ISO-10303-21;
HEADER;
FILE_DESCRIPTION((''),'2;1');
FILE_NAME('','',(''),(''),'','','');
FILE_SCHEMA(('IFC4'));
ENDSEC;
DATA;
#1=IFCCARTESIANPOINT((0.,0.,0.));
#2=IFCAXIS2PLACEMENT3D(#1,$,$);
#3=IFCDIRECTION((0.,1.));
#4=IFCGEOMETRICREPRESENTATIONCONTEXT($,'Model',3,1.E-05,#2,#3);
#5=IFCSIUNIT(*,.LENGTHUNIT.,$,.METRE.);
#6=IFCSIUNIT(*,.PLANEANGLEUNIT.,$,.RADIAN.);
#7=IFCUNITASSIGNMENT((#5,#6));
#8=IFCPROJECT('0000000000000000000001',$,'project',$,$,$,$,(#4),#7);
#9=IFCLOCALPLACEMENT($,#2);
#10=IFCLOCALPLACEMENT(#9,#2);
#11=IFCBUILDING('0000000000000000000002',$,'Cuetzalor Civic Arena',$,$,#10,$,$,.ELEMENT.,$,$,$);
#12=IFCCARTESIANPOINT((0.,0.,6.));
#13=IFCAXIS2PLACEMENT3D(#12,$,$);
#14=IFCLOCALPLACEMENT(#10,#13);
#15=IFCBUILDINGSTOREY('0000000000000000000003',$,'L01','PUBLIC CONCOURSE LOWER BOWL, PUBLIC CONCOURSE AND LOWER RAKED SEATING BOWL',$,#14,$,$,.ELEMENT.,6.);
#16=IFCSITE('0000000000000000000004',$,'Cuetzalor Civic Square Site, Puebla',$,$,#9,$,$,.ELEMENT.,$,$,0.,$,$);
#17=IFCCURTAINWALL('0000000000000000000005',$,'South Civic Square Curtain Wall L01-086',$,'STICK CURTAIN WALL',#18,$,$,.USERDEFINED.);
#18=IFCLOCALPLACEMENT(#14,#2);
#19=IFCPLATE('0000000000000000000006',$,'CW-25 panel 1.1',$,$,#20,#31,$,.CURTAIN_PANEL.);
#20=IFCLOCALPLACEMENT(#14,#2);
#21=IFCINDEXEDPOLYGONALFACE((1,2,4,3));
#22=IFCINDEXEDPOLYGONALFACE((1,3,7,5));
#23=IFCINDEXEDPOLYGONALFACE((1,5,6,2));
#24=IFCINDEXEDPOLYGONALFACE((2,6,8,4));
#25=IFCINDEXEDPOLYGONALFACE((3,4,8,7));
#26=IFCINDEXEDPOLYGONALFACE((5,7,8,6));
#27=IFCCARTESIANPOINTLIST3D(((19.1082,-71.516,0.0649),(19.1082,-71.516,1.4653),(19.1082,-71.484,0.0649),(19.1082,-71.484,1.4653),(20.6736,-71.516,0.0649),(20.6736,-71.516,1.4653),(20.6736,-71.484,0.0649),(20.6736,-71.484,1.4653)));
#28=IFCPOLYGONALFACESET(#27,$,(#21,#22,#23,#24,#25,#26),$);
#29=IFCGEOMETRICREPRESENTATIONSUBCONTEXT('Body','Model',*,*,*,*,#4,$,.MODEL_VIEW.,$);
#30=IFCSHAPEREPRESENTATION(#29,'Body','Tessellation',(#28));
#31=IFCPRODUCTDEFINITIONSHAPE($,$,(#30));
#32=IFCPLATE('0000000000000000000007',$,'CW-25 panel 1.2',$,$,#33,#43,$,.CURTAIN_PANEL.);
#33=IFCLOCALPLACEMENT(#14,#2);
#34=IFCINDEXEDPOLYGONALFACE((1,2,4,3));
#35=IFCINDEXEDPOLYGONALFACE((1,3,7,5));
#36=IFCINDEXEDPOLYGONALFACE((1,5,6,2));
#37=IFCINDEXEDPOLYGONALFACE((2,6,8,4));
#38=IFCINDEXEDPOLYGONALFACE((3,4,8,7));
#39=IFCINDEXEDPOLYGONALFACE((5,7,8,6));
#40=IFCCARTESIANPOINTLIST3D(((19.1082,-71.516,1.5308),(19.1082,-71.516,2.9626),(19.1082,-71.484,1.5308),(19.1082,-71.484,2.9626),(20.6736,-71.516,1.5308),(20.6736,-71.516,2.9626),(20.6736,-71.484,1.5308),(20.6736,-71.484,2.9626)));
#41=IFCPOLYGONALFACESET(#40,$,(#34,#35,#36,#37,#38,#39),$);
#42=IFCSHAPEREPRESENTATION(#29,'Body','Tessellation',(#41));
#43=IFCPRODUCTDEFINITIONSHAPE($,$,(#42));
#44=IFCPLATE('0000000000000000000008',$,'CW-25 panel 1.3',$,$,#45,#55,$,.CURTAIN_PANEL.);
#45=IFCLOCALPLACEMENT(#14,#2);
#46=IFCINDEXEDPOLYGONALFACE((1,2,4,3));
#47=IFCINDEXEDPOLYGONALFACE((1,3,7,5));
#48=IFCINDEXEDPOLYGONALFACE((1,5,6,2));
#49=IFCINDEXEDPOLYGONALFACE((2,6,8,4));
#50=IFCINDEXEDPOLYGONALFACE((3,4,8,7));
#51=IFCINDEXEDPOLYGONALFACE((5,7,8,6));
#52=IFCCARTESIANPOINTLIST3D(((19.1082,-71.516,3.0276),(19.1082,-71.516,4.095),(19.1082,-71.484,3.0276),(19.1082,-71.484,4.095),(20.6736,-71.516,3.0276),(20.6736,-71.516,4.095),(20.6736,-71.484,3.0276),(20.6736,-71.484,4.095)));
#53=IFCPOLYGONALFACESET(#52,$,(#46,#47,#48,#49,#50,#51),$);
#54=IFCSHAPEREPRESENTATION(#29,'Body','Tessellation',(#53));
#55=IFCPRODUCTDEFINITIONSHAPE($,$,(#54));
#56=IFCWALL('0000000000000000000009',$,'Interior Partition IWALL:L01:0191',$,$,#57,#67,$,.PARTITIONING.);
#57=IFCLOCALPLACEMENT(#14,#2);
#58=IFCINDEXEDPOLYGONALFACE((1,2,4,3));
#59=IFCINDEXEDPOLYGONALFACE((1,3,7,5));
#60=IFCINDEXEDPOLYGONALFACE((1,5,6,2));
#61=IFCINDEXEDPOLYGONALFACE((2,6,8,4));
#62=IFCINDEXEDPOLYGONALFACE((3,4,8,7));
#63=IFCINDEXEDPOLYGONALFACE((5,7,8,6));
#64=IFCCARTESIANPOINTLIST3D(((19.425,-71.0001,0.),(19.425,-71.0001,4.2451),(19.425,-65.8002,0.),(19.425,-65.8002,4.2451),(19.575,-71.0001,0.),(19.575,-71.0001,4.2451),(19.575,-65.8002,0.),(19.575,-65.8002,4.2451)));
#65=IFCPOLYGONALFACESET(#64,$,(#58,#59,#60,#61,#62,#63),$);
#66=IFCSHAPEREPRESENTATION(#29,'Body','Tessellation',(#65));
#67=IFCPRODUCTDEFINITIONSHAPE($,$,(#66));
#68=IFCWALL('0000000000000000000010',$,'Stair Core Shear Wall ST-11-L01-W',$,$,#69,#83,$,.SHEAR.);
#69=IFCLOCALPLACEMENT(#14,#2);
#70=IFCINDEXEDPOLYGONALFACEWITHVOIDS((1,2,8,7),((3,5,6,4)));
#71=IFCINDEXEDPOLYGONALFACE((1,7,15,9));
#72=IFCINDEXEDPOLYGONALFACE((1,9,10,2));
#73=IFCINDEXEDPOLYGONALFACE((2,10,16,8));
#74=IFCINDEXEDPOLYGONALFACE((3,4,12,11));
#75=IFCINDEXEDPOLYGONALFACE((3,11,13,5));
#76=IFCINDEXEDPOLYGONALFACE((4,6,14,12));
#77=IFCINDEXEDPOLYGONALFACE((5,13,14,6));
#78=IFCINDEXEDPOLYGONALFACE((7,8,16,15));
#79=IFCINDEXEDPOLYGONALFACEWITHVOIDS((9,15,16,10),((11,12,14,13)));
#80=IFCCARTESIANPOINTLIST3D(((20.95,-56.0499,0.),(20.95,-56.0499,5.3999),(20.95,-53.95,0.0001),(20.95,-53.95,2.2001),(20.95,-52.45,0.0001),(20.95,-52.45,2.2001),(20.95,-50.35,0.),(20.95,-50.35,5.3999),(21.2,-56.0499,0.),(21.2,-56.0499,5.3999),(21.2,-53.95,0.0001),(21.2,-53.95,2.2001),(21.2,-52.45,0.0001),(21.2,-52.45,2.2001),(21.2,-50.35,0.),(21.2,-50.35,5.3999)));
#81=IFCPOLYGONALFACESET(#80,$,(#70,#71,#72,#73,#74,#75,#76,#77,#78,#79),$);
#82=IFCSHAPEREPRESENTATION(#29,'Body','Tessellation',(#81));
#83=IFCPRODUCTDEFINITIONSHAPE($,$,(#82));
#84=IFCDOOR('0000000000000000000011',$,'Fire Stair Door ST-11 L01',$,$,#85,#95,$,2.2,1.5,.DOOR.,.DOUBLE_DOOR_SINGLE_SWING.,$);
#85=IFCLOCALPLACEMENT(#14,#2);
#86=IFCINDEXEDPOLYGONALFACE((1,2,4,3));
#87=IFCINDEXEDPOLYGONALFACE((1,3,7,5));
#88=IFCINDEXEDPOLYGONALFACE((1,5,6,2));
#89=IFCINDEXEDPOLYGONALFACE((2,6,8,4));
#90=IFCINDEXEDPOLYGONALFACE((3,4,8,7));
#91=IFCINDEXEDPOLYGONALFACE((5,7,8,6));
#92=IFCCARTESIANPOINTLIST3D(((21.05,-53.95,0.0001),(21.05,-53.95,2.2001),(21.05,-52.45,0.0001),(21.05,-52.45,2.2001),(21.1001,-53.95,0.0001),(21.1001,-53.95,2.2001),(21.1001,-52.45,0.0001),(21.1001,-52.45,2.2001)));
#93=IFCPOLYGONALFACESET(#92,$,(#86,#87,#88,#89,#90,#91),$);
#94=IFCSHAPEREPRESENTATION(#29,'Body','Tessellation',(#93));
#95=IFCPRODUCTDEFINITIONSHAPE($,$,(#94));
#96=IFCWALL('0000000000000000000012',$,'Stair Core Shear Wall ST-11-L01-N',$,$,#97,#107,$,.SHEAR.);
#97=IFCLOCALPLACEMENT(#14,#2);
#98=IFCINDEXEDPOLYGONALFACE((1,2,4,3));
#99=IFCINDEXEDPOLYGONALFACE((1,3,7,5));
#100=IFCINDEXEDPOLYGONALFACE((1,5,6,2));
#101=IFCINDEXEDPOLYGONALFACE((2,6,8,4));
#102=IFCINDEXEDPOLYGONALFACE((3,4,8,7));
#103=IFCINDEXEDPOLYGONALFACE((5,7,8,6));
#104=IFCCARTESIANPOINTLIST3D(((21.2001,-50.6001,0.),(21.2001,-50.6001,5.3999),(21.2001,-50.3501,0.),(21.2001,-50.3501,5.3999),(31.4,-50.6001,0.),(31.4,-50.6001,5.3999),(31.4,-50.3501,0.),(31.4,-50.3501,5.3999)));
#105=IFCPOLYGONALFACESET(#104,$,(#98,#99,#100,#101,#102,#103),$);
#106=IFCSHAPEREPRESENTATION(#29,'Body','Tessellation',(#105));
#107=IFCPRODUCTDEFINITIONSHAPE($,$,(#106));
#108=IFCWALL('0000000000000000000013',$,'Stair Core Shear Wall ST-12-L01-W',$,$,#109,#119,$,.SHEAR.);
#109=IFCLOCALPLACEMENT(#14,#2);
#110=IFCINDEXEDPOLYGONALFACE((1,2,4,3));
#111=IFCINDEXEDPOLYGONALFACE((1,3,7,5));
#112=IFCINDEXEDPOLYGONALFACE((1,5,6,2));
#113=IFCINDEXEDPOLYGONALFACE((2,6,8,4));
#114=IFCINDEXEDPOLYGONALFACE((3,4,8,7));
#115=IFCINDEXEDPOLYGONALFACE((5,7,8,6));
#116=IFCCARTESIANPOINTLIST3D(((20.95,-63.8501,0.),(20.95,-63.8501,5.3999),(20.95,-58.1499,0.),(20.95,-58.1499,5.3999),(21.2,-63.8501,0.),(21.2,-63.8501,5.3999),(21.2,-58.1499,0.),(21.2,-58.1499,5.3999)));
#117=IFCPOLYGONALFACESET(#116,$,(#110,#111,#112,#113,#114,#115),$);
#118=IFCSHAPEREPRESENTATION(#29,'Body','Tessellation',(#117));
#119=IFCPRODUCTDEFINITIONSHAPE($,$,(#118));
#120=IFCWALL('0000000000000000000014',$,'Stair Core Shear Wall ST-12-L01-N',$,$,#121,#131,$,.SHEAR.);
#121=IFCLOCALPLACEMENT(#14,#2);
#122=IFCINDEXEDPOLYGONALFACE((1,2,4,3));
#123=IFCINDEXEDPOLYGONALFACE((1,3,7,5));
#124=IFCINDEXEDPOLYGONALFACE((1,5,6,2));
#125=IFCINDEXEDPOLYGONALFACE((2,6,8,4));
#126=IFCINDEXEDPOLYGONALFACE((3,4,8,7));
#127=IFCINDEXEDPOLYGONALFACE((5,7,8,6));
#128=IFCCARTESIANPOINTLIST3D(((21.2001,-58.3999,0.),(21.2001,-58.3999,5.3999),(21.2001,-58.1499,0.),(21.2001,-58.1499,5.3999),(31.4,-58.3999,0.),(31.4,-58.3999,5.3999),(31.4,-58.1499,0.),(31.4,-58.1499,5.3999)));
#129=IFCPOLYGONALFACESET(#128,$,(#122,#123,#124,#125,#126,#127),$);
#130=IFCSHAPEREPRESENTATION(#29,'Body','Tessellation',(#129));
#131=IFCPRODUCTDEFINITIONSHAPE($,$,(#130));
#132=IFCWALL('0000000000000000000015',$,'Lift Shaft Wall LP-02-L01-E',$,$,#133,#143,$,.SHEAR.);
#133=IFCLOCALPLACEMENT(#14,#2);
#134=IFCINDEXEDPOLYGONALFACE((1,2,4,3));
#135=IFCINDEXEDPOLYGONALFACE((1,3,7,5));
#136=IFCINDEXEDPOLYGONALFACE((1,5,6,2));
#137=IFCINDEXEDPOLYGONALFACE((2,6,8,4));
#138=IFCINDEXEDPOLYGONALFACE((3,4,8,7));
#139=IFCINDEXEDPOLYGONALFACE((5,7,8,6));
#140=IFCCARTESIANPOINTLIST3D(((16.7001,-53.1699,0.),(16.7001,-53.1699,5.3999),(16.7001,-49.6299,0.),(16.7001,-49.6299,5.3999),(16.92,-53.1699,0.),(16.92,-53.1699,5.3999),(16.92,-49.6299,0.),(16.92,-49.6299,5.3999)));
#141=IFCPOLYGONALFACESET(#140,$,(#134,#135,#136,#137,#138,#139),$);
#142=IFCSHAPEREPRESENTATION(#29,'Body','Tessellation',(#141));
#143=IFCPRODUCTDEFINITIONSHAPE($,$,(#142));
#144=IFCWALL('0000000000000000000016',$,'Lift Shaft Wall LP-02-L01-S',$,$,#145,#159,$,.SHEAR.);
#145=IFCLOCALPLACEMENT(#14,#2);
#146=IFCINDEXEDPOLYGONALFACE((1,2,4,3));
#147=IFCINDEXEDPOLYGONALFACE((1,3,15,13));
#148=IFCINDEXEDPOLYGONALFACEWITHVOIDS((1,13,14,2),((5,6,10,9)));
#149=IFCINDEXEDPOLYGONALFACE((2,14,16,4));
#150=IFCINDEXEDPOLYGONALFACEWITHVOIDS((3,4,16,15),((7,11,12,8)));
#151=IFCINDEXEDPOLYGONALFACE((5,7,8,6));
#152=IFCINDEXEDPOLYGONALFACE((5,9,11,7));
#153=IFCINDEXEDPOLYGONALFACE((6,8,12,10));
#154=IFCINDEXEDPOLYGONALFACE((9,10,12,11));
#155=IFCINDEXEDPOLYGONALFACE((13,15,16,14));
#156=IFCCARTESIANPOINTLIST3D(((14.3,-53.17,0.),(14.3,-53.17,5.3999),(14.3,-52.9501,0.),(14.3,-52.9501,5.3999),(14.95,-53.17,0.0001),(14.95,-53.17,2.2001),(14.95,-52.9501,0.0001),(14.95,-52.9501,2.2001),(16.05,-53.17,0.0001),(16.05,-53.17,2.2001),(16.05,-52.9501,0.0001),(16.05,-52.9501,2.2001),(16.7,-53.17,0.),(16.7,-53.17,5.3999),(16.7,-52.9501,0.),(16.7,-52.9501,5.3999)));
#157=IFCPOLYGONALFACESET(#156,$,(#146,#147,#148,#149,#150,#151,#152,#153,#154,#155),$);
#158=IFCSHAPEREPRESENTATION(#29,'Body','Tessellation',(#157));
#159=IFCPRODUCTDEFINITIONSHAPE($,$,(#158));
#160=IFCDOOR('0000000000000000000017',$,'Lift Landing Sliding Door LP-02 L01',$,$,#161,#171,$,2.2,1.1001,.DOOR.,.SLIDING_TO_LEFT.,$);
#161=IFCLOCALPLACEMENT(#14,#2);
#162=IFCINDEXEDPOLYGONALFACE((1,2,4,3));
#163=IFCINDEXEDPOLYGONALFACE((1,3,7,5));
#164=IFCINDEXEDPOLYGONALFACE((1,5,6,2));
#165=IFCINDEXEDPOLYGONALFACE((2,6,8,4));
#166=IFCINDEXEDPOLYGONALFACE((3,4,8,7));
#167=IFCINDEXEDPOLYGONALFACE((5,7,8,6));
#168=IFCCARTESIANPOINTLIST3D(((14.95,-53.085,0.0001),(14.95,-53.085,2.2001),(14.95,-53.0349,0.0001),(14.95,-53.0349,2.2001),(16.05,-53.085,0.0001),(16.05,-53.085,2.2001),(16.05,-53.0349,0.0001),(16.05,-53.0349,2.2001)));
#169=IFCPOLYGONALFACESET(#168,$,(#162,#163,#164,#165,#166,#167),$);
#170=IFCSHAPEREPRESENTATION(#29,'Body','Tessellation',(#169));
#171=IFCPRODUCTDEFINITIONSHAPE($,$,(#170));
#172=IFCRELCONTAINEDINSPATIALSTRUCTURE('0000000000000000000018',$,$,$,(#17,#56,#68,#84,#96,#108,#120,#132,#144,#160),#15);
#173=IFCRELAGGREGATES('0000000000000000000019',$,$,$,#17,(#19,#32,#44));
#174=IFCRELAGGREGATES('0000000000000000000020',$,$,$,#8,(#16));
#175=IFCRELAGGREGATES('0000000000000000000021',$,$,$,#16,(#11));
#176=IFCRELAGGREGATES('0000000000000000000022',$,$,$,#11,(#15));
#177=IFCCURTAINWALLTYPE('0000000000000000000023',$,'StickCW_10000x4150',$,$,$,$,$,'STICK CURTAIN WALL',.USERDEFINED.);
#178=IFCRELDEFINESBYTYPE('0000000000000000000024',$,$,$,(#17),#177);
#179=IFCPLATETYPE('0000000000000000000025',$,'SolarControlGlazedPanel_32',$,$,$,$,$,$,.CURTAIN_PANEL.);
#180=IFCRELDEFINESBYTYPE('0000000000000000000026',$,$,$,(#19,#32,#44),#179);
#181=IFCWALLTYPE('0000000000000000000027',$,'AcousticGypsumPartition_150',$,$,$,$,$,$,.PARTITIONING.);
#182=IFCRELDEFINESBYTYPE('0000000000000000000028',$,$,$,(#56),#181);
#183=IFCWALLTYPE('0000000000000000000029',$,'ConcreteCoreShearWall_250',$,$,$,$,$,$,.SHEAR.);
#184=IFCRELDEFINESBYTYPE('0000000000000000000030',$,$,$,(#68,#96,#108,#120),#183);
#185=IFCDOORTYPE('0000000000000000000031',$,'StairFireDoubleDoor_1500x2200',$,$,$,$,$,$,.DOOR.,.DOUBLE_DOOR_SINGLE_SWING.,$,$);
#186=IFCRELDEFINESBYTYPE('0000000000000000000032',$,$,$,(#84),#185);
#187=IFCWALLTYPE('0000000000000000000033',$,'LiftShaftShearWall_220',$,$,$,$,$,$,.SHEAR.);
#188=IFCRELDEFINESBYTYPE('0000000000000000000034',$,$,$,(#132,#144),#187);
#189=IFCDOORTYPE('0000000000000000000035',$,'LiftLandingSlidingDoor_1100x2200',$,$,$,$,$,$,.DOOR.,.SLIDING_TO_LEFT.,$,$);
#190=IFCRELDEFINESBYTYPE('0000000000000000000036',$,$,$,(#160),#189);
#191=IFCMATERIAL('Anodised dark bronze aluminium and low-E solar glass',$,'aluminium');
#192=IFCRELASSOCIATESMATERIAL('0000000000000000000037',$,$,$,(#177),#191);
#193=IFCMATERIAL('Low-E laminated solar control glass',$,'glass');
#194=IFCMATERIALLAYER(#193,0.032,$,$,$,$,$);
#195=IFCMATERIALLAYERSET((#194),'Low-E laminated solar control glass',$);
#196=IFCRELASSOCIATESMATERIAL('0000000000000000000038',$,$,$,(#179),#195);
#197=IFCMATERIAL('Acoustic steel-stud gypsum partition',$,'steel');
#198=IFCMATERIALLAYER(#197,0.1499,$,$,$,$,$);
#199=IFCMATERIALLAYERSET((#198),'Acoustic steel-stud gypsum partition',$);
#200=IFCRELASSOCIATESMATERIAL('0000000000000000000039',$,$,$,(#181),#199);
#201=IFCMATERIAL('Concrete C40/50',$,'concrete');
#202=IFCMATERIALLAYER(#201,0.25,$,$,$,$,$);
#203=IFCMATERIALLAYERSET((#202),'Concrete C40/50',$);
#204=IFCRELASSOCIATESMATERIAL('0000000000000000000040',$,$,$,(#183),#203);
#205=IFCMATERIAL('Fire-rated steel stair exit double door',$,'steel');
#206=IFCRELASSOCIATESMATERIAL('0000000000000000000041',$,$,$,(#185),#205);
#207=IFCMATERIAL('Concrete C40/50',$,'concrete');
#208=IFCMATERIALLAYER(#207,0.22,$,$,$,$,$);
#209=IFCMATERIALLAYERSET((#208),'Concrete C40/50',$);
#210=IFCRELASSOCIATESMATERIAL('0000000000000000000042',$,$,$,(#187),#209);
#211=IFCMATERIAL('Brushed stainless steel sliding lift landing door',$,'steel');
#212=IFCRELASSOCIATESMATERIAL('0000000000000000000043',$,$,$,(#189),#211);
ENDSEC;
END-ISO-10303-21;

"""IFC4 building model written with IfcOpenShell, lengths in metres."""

from ifc_helpers import new_model, si_unit, direction, frame, frame_2d, origin, origin_2d, place, context, subcontext, project, spatial, rectangle, extrude, material, layer, layer_set, type_object, element, fill, aggregate, save


model = new_model("IFC4")

# Units and contexts
model_context = context("Model", 3, precision=1e-05, world=origin(), true_north=direction((0.0, 1.0)))
body_context = subcontext(model_context, "Body", "Model", "MODEL_VIEW")
ifc_project = project(units=[si_unit("LENGTHUNIT", "METRE"), si_unit("PLANEANGLEUNIT", "RADIAN")], contexts=[model_context])

# Site, building, storey
site_placement = place(None, origin())
site = spatial("IfcSite", under=ifc_project, at=site_placement, Name="Cuetzalor Civic Square Site, Puebla", CompositionType="ELEMENT", RefElevation=0.0)
building_placement = place(site_placement, origin())
building = spatial("IfcBuilding", under=site, at=building_placement, Name="Cuetzalor Civic Arena", CompositionType="ELEMENT")
storey_placement = place(building_placement, frame((0.0, 0.0, 6.0)))
storey = spatial("IfcBuildingStorey", under=building, at=storey_placement, Name="L01", Description="PUBLIC CONCOURSE LOWER BOWL, PUBLIC CONCOURSE AND LOWER RAKED SEATING BOWL", CompositionType="ELEMENT", Elevation=6.0)

# Curtain wall, plates
ifc_material_1 = material(Name="Anodised dark bronze aluminium and low-E solar glass", Category="aluminium")
curtain_wall_type = type_object("IfcCurtainWallType", Name="StickCW_10000x4150", ElementType="STICK CURTAIN WALL", PredefinedType="USERDEFINED", material=ifc_material_1)
curtain_wall_placement = place(storey_placement, origin())
curtain_wall = element("IfcCurtainWall", 1, at=curtain_wall_placement, inside=storey, type_object=curtain_wall_type, Name="South Civic Square Curtain Wall L01-086", ObjectType="STICK CURTAIN WALL", PredefinedType="USERDEFINED")
ifc_material_2 = material(Name="Low-E laminated solar control glass", Category="glass")
ifc_layer_1 = layer(ifc_material_2, 0.032)
ifc_layer_set_1 = layer_set([ifc_layer_1], Name="Low-E laminated solar control glass")
plate_type = type_object("IfcPlateType", Name="SolarControlGlazedPanel_32", PredefinedType="CURTAIN_PANEL", material=ifc_layer_set_1)
plate_1_placement = place(storey_placement, frame((19.8909, -71.5, 0.0649), z_axis=(0.0, 0.0, 1.0), x_axis=(-1.0, 0.0, 0.0)))
plate_1 = element("IfcPlate", 2, at=plate_1_placement, type_object=plate_type, Name="CW-25 panel 1.1", PredefinedType="CURTAIN_PANEL", context=body_context, shape_type="SweptSolid", body=[
    extrude(rectangle(XDim=1.5654, YDim=0.032, at=origin_2d()), origin(), (0.0, 0.0, 1.0), 1.4004),
])
plate_2_placement = place(storey_placement, frame((19.8909, -71.5, 1.5308), z_axis=(0.0, 0.0, 1.0), x_axis=(-1.0, 0.0, 0.0)))
plate_2 = element("IfcPlate", 3, at=plate_2_placement, type_object=plate_type, Name="CW-25 panel 1.2", PredefinedType="CURTAIN_PANEL", context=body_context, shape_type="SweptSolid", body=[
    extrude(rectangle(XDim=1.5654, YDim=0.032, at=origin_2d()), origin(), (0.0, 0.0, 1.0), 1.4319),
])
plate_3_placement = place(storey_placement, frame((19.8909, -71.5, 3.0276), z_axis=(0.0, 0.0, 1.0), x_axis=(-1.0, 0.0, 0.0)))
plate_3 = element("IfcPlate", 4, at=plate_3_placement, type_object=plate_type, Name="CW-25 panel 1.3", PredefinedType="CURTAIN_PANEL", context=body_context, shape_type="SweptSolid", body=[
    extrude(rectangle(XDim=1.5654, YDim=0.032, at=origin_2d()), origin(), (0.0, 0.0, 1.0), 1.0674),
])
aggregate(curtain_wall, [plate_1, plate_2, plate_3])

# Wall
ifc_material_3 = material(Name="Acoustic steel-stud gypsum partition", Category="steel")
ifc_layer_2 = layer(ifc_material_3, 0.1499)
ifc_layer_set_2 = layer_set([ifc_layer_2], Name="Acoustic steel-stud gypsum partition")
wall_type_1 = type_object("IfcWallType", Name="AcousticGypsumPartition_150", PredefinedType="PARTITIONING", material=ifc_layer_set_2)
wall_1_placement = place(storey_placement, frame((19.5, -65.8, 0.0), z_axis=(0.0, 0.0, 1.0), x_axis=(0.0, -1.0, 0.0)))
element("IfcWall", 5, at=wall_1_placement, inside=storey, type_object=wall_type_1, Name="Interior Partition IWALL:L01:0191", PredefinedType="PARTITIONING", context=body_context, shape_type="SweptSolid", body=[
    extrude(rectangle(XDim=5.2, YDim=0.1499, at=frame_2d((2.6001, 0.0))), origin(), (0.0, 0.0, 1.0), 4.2451),
])

# Wall, opening, door
ifc_material_4 = material(Name="Concrete C40/50", Category="concrete")
ifc_layer_3 = layer(ifc_material_4, 0.25)
ifc_layer_set_3 = layer_set([ifc_layer_3], Name="Concrete C40/50")
wall_type_2 = type_object("IfcWallType", Name="ConcreteCoreShearWall_250", PredefinedType="SHEAR", material=ifc_layer_set_3)
wall_2_placement = place(storey_placement, frame((21.075, -56.05, 0.0), z_axis=(0.0, 0.0, 1.0), x_axis=(0.0, 1.0, 0.0)))
wall_2 = element("IfcWall", 6, at=wall_2_placement, inside=storey, type_object=wall_type_2, Name="Stair Core Shear Wall ST-11-L01-W", PredefinedType="SHEAR", context=body_context, shape_type="SweptSolid", body=[
    extrude(rectangle(XDim=5.7, YDim=0.25, at=frame_2d((2.8501, 0.0))), origin(), (0.0, 0.0, 1.0), 5.3999),
])
opening_1_placement = place(wall_2_placement, frame((2.1001, 0.0, 0.0)))
opening_1 = element("IfcOpeningElement", 7, at=opening_1_placement, cuts=wall_2, PredefinedType="OPENING", context=body_context, shape_type="SweptSolid", body=[
    extrude(rectangle(XDim=1.5, YDim=2.2, at=frame_2d((0.75, 1.1001))), frame((0.0, 0.135, 0.0), z_axis=(0.0, -1.0, 0.0), x_axis=(1.0, 0.0, 0.0)), (0.0, 0.0, 1.0), 0.27),
])
ifc_material_5 = material(Name="Fire-rated steel stair exit double door", Category="steel")
door_type_1 = type_object("IfcDoorType", Name="StairFireDoubleDoor_1500x2200", OperationType="DOUBLE_DOOR_SINGLE_SWING", PredefinedType="DOOR", material=ifc_material_5)
door_1_placement = place(opening_1_placement, origin())
door_1 = element("IfcDoor", 8, at=door_1_placement, inside=storey, type_object=door_type_1, Name="Fire Stair Door ST-11 L01", OperationType="DOUBLE_DOOR_SINGLE_SWING", OverallHeight=2.2, OverallWidth=1.5, PredefinedType="DOOR", context=body_context, shape_type="SweptSolid", body=[
    extrude(rectangle(XDim=1.5, YDim=2.2, at=frame_2d((0.75, 1.1001))), frame((0.0, 0.0249, 0.0), z_axis=(0.0, -1.0, 0.0), x_axis=(1.0, 0.0, 0.0)), (0.0, 0.0, 1.0), 0.05),
])
fill(opening_1, door_1)

# Walls
wall_3_placement = place(storey_placement, frame((21.2, -50.4751, 0.0), z_axis=(0.0, 0.0, 1.0), x_axis=(1.0, 0.0, 0.0)))
element("IfcWall", 9, at=wall_3_placement, inside=storey, type_object=wall_type_2, Name="Stair Core Shear Wall ST-11-L01-N", PredefinedType="SHEAR", context=body_context, shape_type="SweptSolid", body=[
    extrude(rectangle(XDim=10.2, YDim=0.25, at=frame_2d((5.1001, 0.0))), origin(), (0.0, 0.0, 1.0), 5.3999),
])
wall_4_placement = place(storey_placement, frame((21.075, -63.8501, 0.0), z_axis=(0.0, 0.0, 1.0), x_axis=(0.0, 1.0, 0.0)))
element("IfcWall", 10, at=wall_4_placement, inside=storey, type_object=wall_type_2, Name="Stair Core Shear Wall ST-12-L01-W", PredefinedType="SHEAR", context=body_context, shape_type="SweptSolid", body=[
    extrude(rectangle(XDim=5.7002, YDim=0.25, at=frame_2d((2.8501, 0.0))), origin(), (0.0, 0.0, 1.0), 5.3999),
])
wall_5_placement = place(storey_placement, frame((21.2, -58.2749, 0.0), z_axis=(0.0, 0.0, 1.0), x_axis=(1.0, 0.0, 0.0)))
element("IfcWall", 11, at=wall_5_placement, inside=storey, type_object=wall_type_2, Name="Stair Core Shear Wall ST-12-L01-N", PredefinedType="SHEAR", context=body_context, shape_type="SweptSolid", body=[
    extrude(rectangle(XDim=10.2, YDim=0.25, at=frame_2d((5.1001, 0.0))), origin(), (0.0, 0.0, 1.0), 5.3999),
])
ifc_material_6 = material(Name="Concrete C40/50", Category="concrete")
ifc_layer_4 = layer(ifc_material_6, 0.22)
ifc_layer_set_4 = layer_set([ifc_layer_4], Name="Concrete C40/50")
wall_type_3 = type_object("IfcWallType", Name="LiftShaftShearWall_220", PredefinedType="SHEAR", material=ifc_layer_set_4)
wall_6_placement = place(storey_placement, frame((16.8101, -49.6299, 0.0), z_axis=(0.0, 0.0, 1.0), x_axis=(0.0, -1.0, 0.0)))
element("IfcWall", 12, at=wall_6_placement, inside=storey, type_object=wall_type_3, Name="Lift Shaft Wall LP-02-L01-E", PredefinedType="SHEAR", context=body_context, shape_type="SweptSolid", body=[
    extrude(rectangle(XDim=3.54, YDim=0.22, at=frame_2d((1.77, 0.0))), origin(), (0.0, 0.0, 1.0), 5.3999),
])

# Wall, opening, door
wall_7_placement = place(storey_placement, frame((16.7, -53.0601, 0.0), z_axis=(0.0, 0.0, 1.0), x_axis=(-1.0, 0.0, 0.0)))
wall_7 = element("IfcWall", 13, at=wall_7_placement, inside=storey, type_object=wall_type_3, Name="Lift Shaft Wall LP-02-L01-S", PredefinedType="SHEAR", context=body_context, shape_type="SweptSolid", body=[
    extrude(rectangle(XDim=2.3999, YDim=0.22, at=frame_2d((1.2, 0.0))), origin(), (0.0, 0.0, 1.0), 5.3999),
])
opening_2_placement = place(wall_7_placement, frame((0.6499, 0.0, 0.0)))
opening_2 = element("IfcOpeningElement", 14, at=opening_2_placement, cuts=wall_7, PredefinedType="OPENING", context=body_context, shape_type="SweptSolid", body=[
    extrude(rectangle(XDim=1.1001, YDim=2.2, at=frame_2d((0.55, 1.1001))), frame((0.0, 0.1201, 0.0), z_axis=(0.0, -1.0, 0.0), x_axis=(1.0, 0.0, 0.0)), (0.0, 0.0, 1.0), 0.24),
])
ifc_material_7 = material(Name="Brushed stainless steel sliding lift landing door", Category="steel")
door_type_2 = type_object("IfcDoorType", Name="LiftLandingSlidingDoor_1100x2200", OperationType="SLIDING_TO_LEFT", PredefinedType="DOOR", material=ifc_material_7)
door_2_placement = place(opening_2_placement, origin())
door_2 = element("IfcDoor", 15, at=door_2_placement, inside=storey, type_object=door_type_2, Name="Lift Landing Sliding Door LP-02 L01", OperationType="SLIDING_TO_LEFT", OverallHeight=2.2, OverallWidth=1.1001, PredefinedType="DOOR", context=body_context, shape_type="SweptSolid", body=[
    extrude(rectangle(XDim=1.1001, YDim=2.2, at=frame_2d((0.55, 1.1001))), frame((0.0, 0.0249, 0.0), z_axis=(0.0, -1.0, 0.0), x_axis=(1.0, 0.0, 0.0)), (0.0, 0.0, 1.0), 0.05),
])
fill(opening_2, door_2)

save(model, "model.ifc")
